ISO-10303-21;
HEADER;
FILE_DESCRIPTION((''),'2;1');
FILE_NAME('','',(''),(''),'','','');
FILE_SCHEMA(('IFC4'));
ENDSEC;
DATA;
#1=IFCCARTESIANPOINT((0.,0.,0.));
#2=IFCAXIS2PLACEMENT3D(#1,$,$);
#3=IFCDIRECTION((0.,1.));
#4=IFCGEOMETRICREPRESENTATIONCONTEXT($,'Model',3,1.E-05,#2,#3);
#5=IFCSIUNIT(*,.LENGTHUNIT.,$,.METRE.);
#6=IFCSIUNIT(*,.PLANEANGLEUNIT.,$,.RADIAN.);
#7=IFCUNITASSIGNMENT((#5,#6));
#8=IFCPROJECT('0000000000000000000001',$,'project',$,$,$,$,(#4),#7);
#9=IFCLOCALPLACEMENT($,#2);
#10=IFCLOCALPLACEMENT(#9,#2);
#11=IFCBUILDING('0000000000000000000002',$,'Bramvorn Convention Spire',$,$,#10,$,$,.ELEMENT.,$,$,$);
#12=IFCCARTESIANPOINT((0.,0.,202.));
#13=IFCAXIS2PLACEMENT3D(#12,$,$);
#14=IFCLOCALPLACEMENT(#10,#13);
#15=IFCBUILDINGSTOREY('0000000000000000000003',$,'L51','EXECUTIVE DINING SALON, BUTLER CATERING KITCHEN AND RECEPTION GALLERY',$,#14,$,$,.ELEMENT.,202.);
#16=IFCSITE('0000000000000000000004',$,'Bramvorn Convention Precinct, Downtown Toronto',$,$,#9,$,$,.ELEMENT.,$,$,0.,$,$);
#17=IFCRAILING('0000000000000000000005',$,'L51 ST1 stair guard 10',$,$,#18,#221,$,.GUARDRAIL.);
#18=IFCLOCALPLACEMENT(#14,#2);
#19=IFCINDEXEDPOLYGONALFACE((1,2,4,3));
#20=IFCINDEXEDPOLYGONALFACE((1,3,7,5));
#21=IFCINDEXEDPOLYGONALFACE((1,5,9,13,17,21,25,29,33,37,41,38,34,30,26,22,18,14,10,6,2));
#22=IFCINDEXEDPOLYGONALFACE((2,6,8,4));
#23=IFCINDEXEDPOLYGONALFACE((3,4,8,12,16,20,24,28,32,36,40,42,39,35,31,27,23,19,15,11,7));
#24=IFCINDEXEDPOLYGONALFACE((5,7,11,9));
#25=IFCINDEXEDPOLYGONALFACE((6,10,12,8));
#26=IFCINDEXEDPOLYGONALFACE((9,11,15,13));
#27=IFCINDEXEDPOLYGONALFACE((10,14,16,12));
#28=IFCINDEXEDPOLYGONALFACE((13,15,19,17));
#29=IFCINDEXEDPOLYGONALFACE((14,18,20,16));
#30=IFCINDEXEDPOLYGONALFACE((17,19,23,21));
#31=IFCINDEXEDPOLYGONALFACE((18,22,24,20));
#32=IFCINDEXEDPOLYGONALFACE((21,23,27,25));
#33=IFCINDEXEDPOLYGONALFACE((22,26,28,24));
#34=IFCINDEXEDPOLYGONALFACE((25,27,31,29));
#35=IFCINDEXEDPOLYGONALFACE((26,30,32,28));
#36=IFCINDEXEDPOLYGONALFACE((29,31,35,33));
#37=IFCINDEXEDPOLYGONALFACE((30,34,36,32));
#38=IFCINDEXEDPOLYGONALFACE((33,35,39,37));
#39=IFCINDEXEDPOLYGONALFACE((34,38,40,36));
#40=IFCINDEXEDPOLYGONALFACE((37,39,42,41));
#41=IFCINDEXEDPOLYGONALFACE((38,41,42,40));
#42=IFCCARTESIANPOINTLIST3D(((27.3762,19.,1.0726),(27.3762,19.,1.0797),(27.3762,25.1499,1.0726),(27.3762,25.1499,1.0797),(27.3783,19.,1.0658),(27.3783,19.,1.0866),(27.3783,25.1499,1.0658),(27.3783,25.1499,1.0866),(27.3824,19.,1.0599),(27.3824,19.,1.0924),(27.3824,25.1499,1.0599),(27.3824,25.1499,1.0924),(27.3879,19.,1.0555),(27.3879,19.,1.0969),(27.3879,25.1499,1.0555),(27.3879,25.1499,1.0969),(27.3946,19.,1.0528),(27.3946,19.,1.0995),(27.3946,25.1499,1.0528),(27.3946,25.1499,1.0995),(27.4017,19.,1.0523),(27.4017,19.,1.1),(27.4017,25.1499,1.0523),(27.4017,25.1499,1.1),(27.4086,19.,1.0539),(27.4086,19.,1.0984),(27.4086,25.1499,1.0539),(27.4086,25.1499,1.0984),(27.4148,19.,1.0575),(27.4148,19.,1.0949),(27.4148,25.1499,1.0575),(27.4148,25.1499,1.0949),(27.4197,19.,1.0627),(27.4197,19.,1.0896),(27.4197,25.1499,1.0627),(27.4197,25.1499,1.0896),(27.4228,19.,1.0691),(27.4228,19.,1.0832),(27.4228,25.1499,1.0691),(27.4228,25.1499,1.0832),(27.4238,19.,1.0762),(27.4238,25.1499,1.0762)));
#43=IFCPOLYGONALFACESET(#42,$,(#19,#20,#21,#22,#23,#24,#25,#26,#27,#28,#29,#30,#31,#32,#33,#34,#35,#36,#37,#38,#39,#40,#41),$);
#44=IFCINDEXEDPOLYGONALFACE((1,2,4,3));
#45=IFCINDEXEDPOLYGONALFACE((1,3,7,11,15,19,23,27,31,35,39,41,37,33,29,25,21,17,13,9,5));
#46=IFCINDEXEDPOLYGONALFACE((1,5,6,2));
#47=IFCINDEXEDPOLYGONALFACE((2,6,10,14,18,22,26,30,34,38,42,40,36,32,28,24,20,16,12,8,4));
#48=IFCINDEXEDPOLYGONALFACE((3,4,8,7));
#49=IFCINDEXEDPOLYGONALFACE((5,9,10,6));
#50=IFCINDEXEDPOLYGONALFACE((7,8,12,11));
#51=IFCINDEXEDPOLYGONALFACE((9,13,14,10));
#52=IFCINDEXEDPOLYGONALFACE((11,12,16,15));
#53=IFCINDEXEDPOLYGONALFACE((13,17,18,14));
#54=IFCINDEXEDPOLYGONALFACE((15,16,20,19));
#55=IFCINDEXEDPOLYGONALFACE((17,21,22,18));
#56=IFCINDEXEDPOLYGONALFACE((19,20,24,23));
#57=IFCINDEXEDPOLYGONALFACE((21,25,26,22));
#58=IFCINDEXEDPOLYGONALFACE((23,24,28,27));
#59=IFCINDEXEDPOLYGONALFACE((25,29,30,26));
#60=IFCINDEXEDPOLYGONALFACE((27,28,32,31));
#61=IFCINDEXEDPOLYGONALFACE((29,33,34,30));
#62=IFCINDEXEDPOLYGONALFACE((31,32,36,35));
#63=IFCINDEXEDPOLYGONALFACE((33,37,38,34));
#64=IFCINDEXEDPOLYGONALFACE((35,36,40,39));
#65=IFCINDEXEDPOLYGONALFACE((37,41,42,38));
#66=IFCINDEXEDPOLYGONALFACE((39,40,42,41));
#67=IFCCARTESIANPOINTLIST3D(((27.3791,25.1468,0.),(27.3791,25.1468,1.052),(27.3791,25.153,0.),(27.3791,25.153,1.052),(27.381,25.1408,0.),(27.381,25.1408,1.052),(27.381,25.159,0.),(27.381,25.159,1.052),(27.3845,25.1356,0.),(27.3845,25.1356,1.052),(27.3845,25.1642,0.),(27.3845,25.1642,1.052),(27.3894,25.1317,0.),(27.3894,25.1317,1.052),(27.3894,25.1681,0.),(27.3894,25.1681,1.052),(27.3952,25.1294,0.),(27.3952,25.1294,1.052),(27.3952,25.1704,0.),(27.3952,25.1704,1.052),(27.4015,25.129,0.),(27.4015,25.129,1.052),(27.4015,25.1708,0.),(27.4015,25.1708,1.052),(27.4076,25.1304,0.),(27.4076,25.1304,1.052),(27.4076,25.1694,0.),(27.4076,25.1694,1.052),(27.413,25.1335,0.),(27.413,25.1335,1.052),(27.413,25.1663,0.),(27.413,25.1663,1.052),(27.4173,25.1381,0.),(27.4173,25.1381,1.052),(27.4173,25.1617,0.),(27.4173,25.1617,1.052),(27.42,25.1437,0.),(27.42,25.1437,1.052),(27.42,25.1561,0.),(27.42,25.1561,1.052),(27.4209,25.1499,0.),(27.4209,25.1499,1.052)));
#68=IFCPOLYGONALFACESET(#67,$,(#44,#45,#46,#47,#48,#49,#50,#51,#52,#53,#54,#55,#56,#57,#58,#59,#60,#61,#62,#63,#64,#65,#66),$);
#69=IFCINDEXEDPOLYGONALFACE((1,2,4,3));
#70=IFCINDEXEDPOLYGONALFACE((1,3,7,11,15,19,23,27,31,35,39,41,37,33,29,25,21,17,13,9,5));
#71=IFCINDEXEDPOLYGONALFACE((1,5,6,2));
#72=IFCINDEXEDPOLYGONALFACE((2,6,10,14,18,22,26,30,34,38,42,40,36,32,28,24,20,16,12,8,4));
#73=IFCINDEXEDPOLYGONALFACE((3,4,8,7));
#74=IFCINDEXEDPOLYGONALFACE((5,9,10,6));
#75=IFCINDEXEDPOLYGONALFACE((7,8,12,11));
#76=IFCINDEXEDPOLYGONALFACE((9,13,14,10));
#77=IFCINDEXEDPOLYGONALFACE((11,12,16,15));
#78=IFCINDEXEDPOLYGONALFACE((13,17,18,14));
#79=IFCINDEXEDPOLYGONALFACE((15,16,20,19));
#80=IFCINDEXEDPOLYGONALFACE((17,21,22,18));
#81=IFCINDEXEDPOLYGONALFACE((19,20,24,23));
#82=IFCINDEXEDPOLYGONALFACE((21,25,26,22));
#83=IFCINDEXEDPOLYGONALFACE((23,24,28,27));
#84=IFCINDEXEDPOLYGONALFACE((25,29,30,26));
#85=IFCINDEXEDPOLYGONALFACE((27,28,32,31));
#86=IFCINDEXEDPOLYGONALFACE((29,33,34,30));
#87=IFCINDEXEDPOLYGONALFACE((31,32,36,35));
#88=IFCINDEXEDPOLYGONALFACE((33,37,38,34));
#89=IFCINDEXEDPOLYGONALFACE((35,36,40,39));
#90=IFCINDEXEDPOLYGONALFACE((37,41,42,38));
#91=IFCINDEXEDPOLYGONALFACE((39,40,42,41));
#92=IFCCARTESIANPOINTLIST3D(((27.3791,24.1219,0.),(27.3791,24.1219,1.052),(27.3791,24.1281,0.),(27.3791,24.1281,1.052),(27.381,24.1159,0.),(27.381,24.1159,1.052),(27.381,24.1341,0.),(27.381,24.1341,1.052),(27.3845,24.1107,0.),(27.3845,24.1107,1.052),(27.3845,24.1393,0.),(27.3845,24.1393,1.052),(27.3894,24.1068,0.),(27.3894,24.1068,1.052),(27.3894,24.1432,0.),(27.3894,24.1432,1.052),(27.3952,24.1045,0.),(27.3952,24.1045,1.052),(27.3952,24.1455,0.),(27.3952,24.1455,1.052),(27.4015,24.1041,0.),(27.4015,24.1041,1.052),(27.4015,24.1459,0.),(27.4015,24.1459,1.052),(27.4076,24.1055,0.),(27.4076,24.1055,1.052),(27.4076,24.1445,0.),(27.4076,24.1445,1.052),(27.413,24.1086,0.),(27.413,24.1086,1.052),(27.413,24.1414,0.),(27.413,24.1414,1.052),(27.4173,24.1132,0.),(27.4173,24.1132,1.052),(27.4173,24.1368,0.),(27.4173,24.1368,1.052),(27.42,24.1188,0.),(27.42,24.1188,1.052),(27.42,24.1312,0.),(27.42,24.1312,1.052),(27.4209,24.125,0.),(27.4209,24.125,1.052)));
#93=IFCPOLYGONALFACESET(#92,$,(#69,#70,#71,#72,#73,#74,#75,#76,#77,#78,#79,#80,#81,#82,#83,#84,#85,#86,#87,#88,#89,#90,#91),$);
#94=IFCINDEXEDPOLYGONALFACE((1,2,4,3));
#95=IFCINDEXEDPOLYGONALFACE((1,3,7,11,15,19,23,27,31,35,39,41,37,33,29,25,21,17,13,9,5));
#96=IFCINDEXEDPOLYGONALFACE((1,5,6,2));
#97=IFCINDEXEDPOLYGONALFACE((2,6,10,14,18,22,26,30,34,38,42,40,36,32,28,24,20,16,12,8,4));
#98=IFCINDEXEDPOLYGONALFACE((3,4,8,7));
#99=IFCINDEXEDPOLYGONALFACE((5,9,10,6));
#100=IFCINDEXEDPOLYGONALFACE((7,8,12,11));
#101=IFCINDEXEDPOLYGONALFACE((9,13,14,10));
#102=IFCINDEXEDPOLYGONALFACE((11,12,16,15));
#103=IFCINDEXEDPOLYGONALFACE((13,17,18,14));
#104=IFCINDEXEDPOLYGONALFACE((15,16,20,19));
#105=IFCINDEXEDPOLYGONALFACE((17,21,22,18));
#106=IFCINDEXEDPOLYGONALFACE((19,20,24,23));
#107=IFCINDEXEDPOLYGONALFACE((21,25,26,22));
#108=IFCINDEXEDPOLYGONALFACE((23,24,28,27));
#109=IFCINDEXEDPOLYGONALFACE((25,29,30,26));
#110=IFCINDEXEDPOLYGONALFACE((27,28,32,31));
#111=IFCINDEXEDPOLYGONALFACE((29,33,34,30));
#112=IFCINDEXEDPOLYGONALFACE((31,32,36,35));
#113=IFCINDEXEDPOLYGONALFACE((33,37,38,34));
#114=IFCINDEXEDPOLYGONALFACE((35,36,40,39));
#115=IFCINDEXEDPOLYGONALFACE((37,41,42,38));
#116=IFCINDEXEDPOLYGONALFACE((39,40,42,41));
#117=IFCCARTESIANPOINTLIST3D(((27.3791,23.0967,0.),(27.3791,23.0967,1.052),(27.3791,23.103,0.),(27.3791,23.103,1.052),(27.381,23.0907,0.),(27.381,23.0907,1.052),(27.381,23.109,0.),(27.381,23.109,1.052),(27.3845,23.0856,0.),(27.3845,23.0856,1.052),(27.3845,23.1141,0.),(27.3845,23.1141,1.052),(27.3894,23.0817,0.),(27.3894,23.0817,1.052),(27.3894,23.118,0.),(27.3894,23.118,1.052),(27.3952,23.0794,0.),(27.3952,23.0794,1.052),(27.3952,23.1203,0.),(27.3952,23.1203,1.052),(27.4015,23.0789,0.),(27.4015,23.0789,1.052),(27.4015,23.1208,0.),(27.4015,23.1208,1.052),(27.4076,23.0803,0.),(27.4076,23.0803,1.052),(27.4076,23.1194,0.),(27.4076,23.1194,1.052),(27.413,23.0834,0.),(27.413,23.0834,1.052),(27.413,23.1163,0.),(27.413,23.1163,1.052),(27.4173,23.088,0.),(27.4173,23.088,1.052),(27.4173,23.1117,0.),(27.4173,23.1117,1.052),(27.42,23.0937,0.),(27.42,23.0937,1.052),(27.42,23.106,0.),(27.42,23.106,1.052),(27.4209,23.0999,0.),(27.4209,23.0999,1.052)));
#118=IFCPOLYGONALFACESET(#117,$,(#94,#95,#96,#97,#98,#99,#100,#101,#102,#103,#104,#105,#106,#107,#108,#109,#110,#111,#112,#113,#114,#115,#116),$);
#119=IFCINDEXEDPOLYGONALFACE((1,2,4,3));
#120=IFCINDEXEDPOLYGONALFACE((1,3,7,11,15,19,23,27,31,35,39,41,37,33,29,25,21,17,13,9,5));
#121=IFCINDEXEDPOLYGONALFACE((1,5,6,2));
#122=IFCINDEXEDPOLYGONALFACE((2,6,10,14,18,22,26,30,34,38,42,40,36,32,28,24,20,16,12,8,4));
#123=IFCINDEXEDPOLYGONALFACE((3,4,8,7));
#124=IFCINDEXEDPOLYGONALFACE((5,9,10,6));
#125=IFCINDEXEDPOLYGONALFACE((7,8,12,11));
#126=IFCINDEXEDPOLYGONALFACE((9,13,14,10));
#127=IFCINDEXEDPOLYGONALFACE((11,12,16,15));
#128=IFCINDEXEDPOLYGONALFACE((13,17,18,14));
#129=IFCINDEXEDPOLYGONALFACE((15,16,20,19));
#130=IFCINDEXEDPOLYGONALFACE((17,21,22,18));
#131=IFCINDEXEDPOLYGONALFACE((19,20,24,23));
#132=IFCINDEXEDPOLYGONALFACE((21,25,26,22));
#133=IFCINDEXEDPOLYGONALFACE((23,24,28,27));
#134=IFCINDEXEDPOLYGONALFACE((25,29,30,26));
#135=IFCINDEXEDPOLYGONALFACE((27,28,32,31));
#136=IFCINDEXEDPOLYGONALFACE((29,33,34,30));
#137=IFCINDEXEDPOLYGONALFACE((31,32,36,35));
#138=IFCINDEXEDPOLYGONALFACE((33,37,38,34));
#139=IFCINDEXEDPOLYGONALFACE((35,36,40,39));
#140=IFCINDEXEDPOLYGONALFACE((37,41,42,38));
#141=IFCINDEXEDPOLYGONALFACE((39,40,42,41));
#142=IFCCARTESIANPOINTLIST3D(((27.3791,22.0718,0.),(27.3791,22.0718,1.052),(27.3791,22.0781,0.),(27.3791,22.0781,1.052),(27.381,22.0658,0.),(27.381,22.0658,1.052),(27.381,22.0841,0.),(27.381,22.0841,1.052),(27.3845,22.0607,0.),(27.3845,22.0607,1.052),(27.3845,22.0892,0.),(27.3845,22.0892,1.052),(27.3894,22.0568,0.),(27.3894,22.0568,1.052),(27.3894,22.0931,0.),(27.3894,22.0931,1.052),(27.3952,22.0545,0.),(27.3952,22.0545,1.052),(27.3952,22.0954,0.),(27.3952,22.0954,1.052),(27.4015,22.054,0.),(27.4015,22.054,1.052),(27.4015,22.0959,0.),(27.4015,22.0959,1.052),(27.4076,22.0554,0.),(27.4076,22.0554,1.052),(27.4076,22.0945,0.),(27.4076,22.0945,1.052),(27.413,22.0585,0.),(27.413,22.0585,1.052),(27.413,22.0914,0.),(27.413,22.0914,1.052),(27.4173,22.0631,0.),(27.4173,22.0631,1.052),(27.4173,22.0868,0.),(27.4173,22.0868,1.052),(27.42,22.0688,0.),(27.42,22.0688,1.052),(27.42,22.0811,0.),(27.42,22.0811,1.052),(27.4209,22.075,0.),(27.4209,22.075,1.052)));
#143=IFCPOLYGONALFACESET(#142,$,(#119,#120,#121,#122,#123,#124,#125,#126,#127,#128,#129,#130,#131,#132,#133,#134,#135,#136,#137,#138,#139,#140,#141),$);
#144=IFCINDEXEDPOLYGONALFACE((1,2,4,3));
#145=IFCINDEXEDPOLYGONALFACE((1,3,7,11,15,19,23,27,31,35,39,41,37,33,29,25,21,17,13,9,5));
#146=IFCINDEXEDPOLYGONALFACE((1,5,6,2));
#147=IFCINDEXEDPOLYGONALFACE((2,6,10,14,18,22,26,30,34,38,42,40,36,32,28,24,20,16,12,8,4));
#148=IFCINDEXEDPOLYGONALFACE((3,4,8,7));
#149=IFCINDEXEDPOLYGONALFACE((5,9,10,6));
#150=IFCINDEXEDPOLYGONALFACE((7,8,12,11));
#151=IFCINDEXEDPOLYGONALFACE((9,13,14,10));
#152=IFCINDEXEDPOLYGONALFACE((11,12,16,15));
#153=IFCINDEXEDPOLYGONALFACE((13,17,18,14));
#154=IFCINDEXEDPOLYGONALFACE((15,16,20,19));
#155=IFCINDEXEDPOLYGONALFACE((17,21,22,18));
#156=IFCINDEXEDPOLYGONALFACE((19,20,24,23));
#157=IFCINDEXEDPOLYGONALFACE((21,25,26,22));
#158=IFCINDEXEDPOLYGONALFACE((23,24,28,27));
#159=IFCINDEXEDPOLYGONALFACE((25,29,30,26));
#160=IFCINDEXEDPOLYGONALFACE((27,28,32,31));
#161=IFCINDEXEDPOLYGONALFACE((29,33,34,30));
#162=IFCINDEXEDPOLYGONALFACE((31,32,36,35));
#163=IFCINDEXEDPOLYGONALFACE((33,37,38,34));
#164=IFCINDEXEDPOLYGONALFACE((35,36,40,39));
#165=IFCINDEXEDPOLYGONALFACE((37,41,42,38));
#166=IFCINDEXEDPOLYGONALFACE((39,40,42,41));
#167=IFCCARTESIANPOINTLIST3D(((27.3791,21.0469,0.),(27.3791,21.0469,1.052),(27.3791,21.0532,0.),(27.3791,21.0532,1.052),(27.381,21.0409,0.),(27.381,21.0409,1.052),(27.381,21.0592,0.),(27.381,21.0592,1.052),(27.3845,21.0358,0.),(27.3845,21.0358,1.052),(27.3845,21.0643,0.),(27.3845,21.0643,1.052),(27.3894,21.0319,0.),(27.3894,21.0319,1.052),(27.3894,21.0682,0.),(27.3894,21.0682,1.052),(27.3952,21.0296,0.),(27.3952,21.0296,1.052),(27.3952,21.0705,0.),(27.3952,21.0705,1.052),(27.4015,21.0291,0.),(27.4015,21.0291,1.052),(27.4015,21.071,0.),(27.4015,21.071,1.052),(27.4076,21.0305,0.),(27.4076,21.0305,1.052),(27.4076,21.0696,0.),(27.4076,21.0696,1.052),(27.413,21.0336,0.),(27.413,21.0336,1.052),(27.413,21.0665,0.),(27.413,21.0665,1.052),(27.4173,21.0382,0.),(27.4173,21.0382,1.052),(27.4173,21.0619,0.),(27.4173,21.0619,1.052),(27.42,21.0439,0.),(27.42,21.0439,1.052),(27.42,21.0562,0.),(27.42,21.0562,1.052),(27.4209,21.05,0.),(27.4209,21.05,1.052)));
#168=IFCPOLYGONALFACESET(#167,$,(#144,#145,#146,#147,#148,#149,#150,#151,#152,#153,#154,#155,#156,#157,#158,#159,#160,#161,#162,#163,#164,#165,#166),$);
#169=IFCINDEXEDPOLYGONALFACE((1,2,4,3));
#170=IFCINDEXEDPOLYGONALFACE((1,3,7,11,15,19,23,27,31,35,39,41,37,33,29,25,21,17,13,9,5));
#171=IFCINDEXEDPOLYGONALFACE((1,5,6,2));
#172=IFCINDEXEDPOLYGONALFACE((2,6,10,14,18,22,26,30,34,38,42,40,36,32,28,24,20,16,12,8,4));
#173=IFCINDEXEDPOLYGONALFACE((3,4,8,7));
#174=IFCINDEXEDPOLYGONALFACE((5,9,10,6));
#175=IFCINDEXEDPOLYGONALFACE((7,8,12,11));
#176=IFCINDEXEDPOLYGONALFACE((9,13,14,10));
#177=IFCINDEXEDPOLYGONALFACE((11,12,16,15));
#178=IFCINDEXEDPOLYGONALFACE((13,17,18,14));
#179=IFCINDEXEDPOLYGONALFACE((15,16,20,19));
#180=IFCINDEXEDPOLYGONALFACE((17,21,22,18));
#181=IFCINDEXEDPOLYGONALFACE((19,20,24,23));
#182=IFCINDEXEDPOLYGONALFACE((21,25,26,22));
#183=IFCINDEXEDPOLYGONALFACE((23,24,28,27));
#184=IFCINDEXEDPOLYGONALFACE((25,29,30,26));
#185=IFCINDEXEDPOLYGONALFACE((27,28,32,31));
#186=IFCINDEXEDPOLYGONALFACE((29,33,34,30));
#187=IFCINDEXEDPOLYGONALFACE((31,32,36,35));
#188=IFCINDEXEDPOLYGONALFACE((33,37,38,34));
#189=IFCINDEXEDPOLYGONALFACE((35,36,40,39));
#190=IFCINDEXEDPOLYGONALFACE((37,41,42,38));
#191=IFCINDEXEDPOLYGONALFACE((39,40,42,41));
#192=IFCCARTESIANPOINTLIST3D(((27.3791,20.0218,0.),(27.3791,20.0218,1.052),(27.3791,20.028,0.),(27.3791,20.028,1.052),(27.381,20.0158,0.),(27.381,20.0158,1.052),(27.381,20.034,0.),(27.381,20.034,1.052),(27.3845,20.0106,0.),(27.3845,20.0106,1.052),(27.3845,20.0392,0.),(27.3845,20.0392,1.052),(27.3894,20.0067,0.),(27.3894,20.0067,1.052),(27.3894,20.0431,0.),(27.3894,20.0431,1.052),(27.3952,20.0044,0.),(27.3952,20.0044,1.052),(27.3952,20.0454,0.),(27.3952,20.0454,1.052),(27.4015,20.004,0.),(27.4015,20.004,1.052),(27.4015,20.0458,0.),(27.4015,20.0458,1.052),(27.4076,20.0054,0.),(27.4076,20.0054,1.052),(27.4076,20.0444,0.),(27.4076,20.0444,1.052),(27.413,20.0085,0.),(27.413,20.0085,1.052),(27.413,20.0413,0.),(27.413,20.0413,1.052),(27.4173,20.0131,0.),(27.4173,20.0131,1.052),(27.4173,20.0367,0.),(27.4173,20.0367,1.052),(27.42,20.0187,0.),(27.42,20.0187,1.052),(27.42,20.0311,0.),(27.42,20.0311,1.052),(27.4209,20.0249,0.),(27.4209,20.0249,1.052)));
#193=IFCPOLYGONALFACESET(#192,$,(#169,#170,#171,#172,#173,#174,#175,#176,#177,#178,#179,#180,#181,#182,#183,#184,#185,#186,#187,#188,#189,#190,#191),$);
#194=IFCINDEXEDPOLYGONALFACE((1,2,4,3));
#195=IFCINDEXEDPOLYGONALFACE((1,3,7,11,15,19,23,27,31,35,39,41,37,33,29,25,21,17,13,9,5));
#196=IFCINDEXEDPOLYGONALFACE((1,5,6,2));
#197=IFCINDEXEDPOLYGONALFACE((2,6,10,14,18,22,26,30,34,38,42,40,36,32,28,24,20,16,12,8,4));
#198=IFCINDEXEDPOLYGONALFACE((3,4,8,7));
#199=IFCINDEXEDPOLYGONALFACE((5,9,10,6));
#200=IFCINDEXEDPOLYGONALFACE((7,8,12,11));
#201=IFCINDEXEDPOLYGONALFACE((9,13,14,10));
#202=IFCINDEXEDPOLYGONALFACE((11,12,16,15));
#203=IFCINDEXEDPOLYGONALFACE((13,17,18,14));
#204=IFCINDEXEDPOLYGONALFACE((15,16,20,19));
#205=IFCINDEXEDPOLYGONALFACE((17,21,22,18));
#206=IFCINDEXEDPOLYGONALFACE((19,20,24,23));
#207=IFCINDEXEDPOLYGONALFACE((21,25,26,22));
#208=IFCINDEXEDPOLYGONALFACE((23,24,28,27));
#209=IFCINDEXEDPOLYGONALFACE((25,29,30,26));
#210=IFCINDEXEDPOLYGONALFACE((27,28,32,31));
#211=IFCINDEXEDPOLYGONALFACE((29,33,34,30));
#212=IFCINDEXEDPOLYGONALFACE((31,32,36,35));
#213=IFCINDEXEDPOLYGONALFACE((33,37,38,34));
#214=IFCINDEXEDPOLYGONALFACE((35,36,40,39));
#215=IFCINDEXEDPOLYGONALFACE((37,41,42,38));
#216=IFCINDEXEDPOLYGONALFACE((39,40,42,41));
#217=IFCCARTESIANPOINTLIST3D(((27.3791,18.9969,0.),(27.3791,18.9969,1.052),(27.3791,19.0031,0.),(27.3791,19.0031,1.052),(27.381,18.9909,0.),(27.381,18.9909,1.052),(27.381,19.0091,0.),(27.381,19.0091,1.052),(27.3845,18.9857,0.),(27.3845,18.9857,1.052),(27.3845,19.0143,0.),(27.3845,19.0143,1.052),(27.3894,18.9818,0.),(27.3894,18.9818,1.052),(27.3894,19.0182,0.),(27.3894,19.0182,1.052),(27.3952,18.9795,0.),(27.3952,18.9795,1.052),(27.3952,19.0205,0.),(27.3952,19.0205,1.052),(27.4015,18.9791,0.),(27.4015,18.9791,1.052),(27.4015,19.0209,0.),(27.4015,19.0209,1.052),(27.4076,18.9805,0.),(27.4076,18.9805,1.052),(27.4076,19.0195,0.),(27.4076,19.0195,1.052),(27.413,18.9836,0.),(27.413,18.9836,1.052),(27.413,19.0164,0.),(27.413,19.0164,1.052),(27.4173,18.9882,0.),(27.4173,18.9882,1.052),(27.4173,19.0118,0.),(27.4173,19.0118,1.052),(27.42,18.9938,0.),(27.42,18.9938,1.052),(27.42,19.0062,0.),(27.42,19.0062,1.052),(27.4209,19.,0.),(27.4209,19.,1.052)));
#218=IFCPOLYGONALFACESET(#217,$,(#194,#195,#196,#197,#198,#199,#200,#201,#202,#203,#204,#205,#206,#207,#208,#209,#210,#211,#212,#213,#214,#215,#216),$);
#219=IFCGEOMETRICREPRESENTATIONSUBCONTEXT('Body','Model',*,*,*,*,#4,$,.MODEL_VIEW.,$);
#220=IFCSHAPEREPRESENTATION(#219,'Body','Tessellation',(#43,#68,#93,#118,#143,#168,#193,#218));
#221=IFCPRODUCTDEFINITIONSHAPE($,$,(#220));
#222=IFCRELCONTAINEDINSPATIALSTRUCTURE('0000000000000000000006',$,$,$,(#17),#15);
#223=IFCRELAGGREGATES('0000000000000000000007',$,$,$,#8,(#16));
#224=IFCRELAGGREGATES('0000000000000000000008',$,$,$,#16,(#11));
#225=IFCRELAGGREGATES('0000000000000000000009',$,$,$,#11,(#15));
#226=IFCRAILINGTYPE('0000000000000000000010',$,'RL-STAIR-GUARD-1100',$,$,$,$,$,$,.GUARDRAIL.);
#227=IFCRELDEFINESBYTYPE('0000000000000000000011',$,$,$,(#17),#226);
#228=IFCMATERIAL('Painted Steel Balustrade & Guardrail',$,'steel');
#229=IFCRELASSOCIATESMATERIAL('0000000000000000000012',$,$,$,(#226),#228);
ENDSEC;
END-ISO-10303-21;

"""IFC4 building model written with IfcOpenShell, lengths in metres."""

from ifc_helpers import new_model, si_unit, direction, frame, origin, origin_2d, place, context, subcontext, project, spatial, circle, extrude, material, type_object, element, save


model = new_model("IFC4")

# Units and contexts
model_context = context("Model", 3, precision=1e-05, world=origin(), true_north=direction((0.0, 1.0)))
body_context = subcontext(model_context, "Body", "Model", "MODEL_VIEW")
ifc_project = project(units=[si_unit("LENGTHUNIT", "METRE"), si_unit("PLANEANGLEUNIT", "RADIAN")], contexts=[model_context])

# Site, building, storey
site_placement = place(None, origin())
site = spatial("IfcSite", under=ifc_project, at=site_placement, Name="Bramvorn Convention Precinct, Downtown Toronto", CompositionType="ELEMENT", RefElevation=0.0)
building_placement = place(site_placement, origin())
building = spatial("IfcBuilding", under=site, at=building_placement, Name="Bramvorn Convention Spire", CompositionType="ELEMENT")
storey_placement = place(building_placement, frame((0.0, 0.0, 202.0)))
storey = spatial("IfcBuildingStorey", under=building, at=storey_placement, Name="L51", Description="EXECUTIVE DINING SALON, BUTLER CATERING KITCHEN AND RECEPTION GALLERY", CompositionType="ELEMENT", Elevation=202.0)

# Railing
ifc_material_1 = material(Name="Painted Steel Balustrade & Guardrail", Category="steel")
railing_type_1 = type_object("IfcRailingType", Name="RL-STAIR-GUARD-1100", PredefinedType="GUARDRAIL", material=ifc_material_1)
railing_1_placement = place(storey_placement, frame((27.3999, 25.1499, 0.0)))
element("IfcRailing", 1, at=railing_1_placement, inside=storey, type_object=railing_type_1, Name="L51 ST1 stair guard 10", PredefinedType="GUARDRAIL", context=body_context, shape_type="SweptSolid", body=[
    extrude(circle(Radius=0.0239, at=origin_2d()), frame((0.0, 0.0, 1.0762), z_axis=(0.0, -1.0, 0.0), x_axis=(1.0, 0.0, 0.0)), (0.0, 0.0, 1.0), 6.1499),
    extrude(circle(Radius=0.021, at=origin_2d()), origin(), (0.0, 0.0, 1.0), 1.052),
    extrude(circle(Radius=0.021, at=origin_2d()), frame((0.0, -1.0249, 0.0)), (0.0, 0.0, 1.0), 1.052),
    extrude(circle(Radius=0.021, at=origin_2d()), frame((0.0, -2.05, 0.0)), (0.0, 0.0, 1.0), 1.052),
    extrude(circle(Radius=0.021, at=origin_2d()), frame((0.0, -3.075, 0.0)), (0.0, 0.0, 1.0), 1.052),
    extrude(circle(Radius=0.021, at=origin_2d()), frame((0.0, -4.0999, 0.0)), (0.0, 0.0, 1.0), 1.052),
    extrude(circle(Radius=0.021, at=origin_2d()), frame((0.0, -5.125, 0.0)), (0.0, 0.0, 1.0), 1.052),
    extrude(circle(Radius=0.021, at=origin_2d()), frame((0.0, -6.1499, 0.0)), (0.0, 0.0, 1.0), 1.052),
])

save(model, "model.ifc")
